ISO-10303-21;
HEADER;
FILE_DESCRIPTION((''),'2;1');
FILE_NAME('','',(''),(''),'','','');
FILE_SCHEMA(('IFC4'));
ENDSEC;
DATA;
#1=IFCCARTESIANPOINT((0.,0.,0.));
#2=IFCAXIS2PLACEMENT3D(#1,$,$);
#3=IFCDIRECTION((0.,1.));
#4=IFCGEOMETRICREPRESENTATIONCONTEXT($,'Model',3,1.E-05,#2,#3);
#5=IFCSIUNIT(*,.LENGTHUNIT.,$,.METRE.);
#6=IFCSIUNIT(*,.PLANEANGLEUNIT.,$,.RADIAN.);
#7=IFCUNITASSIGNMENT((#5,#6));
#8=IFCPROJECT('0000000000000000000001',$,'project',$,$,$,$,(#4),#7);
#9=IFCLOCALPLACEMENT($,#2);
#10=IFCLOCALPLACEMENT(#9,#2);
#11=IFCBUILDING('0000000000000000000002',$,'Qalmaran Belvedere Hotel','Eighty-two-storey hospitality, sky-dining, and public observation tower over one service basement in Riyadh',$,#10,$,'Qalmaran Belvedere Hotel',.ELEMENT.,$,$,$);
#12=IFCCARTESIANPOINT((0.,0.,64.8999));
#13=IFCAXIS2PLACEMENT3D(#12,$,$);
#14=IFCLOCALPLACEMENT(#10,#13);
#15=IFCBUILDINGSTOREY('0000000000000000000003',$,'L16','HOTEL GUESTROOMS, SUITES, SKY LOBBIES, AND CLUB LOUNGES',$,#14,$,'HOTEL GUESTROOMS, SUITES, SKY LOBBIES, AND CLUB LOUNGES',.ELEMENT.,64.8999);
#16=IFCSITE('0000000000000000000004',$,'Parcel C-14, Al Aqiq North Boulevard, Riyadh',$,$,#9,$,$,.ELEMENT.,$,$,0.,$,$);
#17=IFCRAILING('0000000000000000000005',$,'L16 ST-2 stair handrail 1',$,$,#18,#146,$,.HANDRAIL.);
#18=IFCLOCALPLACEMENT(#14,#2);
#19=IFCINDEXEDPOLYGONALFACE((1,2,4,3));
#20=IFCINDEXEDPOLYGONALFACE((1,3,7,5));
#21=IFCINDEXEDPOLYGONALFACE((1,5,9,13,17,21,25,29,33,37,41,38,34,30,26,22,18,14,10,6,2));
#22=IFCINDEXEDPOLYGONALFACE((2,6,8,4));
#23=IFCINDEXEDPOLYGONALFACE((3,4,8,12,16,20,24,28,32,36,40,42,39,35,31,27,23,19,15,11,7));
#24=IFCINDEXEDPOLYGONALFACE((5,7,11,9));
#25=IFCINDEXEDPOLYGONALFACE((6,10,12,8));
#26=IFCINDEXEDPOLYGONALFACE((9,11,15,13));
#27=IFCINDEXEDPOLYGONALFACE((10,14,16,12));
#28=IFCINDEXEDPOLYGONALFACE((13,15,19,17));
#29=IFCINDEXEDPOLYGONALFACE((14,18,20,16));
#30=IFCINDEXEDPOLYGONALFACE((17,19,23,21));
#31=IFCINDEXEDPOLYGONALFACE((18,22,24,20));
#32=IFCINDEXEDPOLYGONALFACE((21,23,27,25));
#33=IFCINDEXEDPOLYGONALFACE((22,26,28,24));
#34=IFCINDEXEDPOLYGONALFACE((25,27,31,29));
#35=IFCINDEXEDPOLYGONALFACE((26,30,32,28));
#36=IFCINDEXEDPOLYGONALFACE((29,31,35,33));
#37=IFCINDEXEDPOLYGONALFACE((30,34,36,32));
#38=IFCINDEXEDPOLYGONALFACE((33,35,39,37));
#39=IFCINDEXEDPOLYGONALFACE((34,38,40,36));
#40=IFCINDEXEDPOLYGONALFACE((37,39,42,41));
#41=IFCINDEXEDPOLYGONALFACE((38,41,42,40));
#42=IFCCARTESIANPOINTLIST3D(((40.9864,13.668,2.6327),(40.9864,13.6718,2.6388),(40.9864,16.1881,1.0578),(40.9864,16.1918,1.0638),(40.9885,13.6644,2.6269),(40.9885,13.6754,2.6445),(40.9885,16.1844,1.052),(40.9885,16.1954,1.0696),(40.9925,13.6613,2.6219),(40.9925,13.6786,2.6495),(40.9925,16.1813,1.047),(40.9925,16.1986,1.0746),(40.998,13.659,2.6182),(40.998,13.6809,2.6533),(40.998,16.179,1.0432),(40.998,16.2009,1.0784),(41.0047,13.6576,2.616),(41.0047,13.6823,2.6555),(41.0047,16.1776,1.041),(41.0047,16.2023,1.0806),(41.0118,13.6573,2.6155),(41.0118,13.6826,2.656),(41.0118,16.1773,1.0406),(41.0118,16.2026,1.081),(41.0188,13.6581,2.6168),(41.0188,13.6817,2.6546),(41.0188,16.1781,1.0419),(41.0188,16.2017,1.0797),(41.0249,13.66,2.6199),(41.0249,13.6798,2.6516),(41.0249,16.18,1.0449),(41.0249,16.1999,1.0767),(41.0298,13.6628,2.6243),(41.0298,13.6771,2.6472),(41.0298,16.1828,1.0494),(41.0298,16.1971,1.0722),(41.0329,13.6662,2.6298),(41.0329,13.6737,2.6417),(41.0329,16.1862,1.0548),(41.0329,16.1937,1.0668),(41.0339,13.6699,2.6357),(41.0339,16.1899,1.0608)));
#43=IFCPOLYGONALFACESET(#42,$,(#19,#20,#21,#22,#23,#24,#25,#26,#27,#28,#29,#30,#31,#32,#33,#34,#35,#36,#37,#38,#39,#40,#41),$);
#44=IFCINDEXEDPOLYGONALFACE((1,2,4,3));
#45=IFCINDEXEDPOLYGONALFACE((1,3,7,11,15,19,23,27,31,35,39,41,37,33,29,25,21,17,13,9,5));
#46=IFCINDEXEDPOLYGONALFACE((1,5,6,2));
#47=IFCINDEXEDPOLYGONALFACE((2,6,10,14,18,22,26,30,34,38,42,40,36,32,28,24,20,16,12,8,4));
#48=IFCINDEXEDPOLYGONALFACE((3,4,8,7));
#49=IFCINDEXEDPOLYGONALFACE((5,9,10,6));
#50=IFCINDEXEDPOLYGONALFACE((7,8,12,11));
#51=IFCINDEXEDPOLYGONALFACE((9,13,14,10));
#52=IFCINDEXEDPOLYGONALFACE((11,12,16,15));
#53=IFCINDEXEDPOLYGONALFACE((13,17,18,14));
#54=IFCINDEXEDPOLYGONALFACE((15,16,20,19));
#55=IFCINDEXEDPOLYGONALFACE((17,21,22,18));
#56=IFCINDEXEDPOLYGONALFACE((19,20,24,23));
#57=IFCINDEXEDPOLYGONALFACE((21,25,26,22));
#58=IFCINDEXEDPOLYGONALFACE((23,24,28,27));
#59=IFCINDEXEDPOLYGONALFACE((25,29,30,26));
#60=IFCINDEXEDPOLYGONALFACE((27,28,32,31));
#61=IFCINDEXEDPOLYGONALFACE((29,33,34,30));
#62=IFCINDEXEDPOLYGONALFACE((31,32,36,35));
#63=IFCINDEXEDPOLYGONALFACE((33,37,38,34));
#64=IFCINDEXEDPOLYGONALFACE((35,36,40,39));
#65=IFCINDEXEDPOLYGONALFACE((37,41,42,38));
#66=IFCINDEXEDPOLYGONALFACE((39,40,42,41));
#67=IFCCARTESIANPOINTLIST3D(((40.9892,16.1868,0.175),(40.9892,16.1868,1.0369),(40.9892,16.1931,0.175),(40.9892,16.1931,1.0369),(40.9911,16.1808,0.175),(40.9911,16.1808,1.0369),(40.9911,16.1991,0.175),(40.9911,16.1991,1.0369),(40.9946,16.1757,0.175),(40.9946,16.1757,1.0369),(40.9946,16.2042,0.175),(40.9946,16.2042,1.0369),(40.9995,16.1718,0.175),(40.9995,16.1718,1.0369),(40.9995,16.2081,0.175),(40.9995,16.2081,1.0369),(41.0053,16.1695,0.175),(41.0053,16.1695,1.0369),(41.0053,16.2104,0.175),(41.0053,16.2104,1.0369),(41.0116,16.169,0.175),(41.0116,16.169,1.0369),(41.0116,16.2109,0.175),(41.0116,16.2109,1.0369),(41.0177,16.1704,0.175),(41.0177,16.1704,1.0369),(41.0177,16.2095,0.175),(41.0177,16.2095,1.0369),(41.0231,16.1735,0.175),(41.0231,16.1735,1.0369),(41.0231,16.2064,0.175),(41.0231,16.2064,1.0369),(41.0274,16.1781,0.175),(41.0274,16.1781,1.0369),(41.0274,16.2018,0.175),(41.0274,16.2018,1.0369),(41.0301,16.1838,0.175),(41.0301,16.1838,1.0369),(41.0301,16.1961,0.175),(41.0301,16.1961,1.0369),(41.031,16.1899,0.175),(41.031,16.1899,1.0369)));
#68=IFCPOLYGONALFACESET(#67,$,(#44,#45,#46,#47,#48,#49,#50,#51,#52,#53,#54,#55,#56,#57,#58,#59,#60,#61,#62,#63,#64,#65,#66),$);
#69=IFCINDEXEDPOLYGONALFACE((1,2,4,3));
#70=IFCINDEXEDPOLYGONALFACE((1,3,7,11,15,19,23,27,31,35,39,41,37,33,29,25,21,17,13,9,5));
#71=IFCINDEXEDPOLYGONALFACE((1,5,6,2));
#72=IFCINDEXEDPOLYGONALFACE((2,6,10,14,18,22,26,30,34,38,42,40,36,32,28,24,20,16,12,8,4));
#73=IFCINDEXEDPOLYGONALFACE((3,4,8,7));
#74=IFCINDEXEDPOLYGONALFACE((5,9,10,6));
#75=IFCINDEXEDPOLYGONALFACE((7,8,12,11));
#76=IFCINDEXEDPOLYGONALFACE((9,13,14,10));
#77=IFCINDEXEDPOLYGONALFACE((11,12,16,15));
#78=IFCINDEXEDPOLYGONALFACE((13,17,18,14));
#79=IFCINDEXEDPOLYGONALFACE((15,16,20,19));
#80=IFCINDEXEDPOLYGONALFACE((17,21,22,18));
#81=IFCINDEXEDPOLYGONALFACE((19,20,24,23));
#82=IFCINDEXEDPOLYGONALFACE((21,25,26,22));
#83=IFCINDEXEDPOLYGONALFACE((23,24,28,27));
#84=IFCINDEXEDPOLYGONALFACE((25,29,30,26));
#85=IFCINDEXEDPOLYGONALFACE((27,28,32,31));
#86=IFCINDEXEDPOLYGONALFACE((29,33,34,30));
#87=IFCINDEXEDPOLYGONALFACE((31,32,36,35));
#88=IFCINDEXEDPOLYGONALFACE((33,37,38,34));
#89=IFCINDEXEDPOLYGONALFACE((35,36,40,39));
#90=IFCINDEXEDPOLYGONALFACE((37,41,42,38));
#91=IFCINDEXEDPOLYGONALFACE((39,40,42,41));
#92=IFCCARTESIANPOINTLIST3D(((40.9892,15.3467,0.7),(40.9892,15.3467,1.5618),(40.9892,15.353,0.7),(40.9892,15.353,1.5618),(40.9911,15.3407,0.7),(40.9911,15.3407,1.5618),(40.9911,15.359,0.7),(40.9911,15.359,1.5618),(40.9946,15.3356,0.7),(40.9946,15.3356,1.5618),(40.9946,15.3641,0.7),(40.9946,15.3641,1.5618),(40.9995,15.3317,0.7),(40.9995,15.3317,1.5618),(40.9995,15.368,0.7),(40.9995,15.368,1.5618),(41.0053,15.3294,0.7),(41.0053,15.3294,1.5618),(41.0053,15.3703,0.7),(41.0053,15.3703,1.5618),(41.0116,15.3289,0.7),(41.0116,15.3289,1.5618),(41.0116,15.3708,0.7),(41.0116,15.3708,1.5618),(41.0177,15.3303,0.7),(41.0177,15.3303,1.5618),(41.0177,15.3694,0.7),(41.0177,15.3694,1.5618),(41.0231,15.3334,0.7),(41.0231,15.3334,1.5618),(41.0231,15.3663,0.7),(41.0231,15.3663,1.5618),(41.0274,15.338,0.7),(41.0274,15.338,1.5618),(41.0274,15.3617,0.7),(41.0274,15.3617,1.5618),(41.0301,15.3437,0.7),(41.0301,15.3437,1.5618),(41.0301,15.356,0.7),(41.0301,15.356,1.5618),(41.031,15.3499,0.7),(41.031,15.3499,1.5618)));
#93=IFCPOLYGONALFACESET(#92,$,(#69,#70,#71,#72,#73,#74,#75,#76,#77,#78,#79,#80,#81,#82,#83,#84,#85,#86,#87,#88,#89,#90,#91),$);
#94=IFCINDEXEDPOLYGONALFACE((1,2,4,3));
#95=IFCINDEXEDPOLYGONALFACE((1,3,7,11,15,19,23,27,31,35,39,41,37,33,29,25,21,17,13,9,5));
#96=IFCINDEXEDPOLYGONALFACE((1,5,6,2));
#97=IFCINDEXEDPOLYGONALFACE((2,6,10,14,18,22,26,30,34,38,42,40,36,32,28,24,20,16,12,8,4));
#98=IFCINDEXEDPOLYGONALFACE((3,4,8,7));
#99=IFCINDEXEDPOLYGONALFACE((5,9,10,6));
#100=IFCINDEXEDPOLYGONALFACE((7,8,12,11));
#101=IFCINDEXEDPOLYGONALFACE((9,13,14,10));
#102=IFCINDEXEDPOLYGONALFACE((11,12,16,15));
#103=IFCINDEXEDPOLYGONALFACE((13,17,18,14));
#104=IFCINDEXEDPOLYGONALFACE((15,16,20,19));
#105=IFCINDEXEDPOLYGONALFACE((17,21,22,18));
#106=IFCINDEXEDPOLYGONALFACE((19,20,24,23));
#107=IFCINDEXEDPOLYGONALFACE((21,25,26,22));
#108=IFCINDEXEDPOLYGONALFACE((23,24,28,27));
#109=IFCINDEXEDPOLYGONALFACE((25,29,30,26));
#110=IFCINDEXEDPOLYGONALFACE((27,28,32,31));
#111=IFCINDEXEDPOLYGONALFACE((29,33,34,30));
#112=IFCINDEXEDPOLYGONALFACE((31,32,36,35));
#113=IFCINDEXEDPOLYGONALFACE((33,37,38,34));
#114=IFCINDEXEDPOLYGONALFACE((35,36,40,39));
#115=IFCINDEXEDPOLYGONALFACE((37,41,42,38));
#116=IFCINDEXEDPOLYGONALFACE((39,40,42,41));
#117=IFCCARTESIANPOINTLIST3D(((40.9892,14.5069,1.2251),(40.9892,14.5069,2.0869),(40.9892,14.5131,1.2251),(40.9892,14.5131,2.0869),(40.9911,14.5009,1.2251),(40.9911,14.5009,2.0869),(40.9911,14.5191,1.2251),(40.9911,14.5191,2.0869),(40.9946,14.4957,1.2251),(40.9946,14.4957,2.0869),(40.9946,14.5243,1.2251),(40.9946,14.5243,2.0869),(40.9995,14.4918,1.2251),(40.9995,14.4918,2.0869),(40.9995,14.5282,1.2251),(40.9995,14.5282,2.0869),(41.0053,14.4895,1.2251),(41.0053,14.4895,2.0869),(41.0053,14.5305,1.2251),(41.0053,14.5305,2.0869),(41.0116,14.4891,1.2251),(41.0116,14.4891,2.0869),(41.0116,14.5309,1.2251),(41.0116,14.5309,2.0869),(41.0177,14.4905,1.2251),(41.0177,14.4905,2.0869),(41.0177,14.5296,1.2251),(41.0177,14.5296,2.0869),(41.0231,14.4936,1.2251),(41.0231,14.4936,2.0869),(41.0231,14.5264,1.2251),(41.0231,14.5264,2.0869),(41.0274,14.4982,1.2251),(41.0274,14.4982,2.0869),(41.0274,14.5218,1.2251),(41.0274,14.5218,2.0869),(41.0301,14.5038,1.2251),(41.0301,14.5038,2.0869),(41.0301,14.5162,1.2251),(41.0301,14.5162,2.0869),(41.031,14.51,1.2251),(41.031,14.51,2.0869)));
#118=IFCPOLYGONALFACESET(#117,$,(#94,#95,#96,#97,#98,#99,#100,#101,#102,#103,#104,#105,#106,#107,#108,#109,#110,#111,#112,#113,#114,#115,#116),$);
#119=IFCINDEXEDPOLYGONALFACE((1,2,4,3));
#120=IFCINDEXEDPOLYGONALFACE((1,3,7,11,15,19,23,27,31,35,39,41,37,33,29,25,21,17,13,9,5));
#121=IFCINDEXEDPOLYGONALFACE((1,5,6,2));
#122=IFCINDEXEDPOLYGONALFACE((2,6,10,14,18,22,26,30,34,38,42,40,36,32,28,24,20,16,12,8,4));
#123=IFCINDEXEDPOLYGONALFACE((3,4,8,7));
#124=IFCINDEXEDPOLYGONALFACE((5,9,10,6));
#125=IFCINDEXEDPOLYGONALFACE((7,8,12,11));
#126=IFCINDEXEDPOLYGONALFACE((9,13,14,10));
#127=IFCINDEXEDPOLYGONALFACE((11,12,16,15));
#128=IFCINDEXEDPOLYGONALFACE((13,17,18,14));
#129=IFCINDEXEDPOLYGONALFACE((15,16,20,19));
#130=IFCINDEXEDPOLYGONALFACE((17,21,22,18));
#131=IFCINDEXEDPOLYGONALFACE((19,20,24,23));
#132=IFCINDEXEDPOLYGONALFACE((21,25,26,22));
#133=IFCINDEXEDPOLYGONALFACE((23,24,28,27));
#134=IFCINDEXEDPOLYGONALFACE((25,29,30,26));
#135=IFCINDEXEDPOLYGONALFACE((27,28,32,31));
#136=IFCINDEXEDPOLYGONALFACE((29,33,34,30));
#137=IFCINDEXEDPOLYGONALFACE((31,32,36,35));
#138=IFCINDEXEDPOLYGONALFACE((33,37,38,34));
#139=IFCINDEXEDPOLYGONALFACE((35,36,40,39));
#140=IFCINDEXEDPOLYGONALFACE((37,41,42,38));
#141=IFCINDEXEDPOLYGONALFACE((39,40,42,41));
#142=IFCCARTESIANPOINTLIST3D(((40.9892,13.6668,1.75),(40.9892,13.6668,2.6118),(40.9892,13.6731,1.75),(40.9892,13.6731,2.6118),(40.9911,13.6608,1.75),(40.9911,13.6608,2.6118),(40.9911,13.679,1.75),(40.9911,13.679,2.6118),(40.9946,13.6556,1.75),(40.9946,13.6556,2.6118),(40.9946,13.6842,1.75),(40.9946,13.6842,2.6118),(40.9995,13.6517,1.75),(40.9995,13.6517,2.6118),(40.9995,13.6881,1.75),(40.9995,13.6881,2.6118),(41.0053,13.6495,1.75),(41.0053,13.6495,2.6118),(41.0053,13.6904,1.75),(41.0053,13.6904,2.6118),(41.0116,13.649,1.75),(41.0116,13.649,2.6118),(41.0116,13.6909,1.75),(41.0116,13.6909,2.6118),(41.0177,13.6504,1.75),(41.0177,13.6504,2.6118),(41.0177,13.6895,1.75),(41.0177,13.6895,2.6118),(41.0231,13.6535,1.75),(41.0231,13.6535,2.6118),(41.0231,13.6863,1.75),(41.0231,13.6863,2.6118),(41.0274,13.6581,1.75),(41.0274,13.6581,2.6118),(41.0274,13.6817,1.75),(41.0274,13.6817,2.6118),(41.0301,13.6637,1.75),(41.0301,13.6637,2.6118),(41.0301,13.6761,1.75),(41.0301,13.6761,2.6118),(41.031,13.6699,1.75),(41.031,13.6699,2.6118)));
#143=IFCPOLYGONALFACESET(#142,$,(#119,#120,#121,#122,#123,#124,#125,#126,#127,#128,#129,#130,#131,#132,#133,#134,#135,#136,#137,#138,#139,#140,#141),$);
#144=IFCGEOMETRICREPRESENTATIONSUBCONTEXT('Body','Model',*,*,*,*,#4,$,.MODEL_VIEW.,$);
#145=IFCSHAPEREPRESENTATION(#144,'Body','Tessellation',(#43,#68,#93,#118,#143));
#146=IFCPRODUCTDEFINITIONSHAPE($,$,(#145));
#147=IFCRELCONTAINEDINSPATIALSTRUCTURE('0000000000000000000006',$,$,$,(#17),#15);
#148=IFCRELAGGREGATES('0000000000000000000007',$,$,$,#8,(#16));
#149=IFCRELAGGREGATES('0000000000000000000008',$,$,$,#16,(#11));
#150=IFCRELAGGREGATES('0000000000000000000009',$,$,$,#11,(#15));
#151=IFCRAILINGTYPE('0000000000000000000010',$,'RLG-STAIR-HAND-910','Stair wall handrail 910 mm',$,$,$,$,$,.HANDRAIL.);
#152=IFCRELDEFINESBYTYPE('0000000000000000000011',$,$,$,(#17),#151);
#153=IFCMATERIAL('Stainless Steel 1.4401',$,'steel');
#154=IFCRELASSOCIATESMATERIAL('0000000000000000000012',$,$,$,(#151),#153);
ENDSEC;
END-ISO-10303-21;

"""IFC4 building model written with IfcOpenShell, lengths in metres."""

from ifc_helpers import new_model, si_unit, direction, frame, origin, origin_2d, place, context, subcontext, project, spatial, circle, extrude, material, type_object, element, save


model = new_model("IFC4")

# Units and contexts
model_context = context("Model", 3, precision=1e-05, world=origin(), true_north=direction((0.0, 1.0)))
body_context = subcontext(model_context, "Body", "Model", "MODEL_VIEW")
ifc_project = project(units=[si_unit("LENGTHUNIT", "METRE"), si_unit("PLANEANGLEUNIT", "RADIAN")], contexts=[model_context])

# Site, building, storey
site_placement = place(None, origin())
site = spatial("IfcSite", under=ifc_project, at=site_placement, Name="Parcel C-14, Al Aqiq North Boulevard, Riyadh", CompositionType="ELEMENT", RefElevation=0.0)
building_placement = place(site_placement, origin())
building = spatial("IfcBuilding", under=site, at=building_placement, Name="Qalmaran Belvedere Hotel", Description="Eighty-two-storey hospitality, sky-dining, and public observation tower over one service basement in Riyadh", LongName="Qalmaran Belvedere Hotel", CompositionType="ELEMENT")
storey_placement = place(building_placement, frame((0.0, 0.0, 64.8999)))
storey = spatial("IfcBuildingStorey", under=building, at=storey_placement, Name="L16", Description="HOTEL GUESTROOMS, SUITES, SKY LOBBIES, AND CLUB LOUNGES", LongName="HOTEL GUESTROOMS, SUITES, SKY LOBBIES, AND CLUB LOUNGES", CompositionType="ELEMENT", Elevation=64.8999)

# Shared definitions
ifc_material_1 = material(Name="Stainless Steel 1.4401", Category="steel")

# Railing
railing_type_1 = type_object("IfcRailingType", Name="RLG-STAIR-HAND-910", Description="Stair wall handrail 910 mm", PredefinedType="HANDRAIL", material=ifc_material_1)
railing_1_placement = place(storey_placement, frame((41.01, 16.1899, 0.175)))
element("IfcRailing", 1, at=railing_1_placement, inside=storey, type_object=railing_type_1, Name="L16 ST-2 stair handrail 1", PredefinedType="HANDRAIL", context=body_context, shape_type="SweptSolid", body=[
    extrude(circle(Radius=0.0239, at=origin_2d()), frame((0.0, 0.0, 0.8857), z_axis=(0.0, -0.848008, 0.529984), x_axis=(1.0, 0.0, 0.0)), (0.0, 0.0, 1.0), 2.9717),
    extrude(circle(Radius=0.021, at=origin_2d()), origin(), (0.0, 0.0, 1.0), 0.8618),
    extrude(circle(Radius=0.021, at=origin_2d()), frame((0.0, -0.8401, 0.5249)), (0.0, 0.0, 1.0), 0.8618),
    extrude(circle(Radius=0.021, at=origin_2d()), frame((0.0, -1.6799, 1.05)), (0.0, 0.0, 1.0), 0.8618),
    extrude(circle(Radius=0.021, at=origin_2d()), frame((0.0, -2.52, 1.575)), (0.0, 0.0, 1.0), 0.8618),
])

save(model, "model.ifc")
